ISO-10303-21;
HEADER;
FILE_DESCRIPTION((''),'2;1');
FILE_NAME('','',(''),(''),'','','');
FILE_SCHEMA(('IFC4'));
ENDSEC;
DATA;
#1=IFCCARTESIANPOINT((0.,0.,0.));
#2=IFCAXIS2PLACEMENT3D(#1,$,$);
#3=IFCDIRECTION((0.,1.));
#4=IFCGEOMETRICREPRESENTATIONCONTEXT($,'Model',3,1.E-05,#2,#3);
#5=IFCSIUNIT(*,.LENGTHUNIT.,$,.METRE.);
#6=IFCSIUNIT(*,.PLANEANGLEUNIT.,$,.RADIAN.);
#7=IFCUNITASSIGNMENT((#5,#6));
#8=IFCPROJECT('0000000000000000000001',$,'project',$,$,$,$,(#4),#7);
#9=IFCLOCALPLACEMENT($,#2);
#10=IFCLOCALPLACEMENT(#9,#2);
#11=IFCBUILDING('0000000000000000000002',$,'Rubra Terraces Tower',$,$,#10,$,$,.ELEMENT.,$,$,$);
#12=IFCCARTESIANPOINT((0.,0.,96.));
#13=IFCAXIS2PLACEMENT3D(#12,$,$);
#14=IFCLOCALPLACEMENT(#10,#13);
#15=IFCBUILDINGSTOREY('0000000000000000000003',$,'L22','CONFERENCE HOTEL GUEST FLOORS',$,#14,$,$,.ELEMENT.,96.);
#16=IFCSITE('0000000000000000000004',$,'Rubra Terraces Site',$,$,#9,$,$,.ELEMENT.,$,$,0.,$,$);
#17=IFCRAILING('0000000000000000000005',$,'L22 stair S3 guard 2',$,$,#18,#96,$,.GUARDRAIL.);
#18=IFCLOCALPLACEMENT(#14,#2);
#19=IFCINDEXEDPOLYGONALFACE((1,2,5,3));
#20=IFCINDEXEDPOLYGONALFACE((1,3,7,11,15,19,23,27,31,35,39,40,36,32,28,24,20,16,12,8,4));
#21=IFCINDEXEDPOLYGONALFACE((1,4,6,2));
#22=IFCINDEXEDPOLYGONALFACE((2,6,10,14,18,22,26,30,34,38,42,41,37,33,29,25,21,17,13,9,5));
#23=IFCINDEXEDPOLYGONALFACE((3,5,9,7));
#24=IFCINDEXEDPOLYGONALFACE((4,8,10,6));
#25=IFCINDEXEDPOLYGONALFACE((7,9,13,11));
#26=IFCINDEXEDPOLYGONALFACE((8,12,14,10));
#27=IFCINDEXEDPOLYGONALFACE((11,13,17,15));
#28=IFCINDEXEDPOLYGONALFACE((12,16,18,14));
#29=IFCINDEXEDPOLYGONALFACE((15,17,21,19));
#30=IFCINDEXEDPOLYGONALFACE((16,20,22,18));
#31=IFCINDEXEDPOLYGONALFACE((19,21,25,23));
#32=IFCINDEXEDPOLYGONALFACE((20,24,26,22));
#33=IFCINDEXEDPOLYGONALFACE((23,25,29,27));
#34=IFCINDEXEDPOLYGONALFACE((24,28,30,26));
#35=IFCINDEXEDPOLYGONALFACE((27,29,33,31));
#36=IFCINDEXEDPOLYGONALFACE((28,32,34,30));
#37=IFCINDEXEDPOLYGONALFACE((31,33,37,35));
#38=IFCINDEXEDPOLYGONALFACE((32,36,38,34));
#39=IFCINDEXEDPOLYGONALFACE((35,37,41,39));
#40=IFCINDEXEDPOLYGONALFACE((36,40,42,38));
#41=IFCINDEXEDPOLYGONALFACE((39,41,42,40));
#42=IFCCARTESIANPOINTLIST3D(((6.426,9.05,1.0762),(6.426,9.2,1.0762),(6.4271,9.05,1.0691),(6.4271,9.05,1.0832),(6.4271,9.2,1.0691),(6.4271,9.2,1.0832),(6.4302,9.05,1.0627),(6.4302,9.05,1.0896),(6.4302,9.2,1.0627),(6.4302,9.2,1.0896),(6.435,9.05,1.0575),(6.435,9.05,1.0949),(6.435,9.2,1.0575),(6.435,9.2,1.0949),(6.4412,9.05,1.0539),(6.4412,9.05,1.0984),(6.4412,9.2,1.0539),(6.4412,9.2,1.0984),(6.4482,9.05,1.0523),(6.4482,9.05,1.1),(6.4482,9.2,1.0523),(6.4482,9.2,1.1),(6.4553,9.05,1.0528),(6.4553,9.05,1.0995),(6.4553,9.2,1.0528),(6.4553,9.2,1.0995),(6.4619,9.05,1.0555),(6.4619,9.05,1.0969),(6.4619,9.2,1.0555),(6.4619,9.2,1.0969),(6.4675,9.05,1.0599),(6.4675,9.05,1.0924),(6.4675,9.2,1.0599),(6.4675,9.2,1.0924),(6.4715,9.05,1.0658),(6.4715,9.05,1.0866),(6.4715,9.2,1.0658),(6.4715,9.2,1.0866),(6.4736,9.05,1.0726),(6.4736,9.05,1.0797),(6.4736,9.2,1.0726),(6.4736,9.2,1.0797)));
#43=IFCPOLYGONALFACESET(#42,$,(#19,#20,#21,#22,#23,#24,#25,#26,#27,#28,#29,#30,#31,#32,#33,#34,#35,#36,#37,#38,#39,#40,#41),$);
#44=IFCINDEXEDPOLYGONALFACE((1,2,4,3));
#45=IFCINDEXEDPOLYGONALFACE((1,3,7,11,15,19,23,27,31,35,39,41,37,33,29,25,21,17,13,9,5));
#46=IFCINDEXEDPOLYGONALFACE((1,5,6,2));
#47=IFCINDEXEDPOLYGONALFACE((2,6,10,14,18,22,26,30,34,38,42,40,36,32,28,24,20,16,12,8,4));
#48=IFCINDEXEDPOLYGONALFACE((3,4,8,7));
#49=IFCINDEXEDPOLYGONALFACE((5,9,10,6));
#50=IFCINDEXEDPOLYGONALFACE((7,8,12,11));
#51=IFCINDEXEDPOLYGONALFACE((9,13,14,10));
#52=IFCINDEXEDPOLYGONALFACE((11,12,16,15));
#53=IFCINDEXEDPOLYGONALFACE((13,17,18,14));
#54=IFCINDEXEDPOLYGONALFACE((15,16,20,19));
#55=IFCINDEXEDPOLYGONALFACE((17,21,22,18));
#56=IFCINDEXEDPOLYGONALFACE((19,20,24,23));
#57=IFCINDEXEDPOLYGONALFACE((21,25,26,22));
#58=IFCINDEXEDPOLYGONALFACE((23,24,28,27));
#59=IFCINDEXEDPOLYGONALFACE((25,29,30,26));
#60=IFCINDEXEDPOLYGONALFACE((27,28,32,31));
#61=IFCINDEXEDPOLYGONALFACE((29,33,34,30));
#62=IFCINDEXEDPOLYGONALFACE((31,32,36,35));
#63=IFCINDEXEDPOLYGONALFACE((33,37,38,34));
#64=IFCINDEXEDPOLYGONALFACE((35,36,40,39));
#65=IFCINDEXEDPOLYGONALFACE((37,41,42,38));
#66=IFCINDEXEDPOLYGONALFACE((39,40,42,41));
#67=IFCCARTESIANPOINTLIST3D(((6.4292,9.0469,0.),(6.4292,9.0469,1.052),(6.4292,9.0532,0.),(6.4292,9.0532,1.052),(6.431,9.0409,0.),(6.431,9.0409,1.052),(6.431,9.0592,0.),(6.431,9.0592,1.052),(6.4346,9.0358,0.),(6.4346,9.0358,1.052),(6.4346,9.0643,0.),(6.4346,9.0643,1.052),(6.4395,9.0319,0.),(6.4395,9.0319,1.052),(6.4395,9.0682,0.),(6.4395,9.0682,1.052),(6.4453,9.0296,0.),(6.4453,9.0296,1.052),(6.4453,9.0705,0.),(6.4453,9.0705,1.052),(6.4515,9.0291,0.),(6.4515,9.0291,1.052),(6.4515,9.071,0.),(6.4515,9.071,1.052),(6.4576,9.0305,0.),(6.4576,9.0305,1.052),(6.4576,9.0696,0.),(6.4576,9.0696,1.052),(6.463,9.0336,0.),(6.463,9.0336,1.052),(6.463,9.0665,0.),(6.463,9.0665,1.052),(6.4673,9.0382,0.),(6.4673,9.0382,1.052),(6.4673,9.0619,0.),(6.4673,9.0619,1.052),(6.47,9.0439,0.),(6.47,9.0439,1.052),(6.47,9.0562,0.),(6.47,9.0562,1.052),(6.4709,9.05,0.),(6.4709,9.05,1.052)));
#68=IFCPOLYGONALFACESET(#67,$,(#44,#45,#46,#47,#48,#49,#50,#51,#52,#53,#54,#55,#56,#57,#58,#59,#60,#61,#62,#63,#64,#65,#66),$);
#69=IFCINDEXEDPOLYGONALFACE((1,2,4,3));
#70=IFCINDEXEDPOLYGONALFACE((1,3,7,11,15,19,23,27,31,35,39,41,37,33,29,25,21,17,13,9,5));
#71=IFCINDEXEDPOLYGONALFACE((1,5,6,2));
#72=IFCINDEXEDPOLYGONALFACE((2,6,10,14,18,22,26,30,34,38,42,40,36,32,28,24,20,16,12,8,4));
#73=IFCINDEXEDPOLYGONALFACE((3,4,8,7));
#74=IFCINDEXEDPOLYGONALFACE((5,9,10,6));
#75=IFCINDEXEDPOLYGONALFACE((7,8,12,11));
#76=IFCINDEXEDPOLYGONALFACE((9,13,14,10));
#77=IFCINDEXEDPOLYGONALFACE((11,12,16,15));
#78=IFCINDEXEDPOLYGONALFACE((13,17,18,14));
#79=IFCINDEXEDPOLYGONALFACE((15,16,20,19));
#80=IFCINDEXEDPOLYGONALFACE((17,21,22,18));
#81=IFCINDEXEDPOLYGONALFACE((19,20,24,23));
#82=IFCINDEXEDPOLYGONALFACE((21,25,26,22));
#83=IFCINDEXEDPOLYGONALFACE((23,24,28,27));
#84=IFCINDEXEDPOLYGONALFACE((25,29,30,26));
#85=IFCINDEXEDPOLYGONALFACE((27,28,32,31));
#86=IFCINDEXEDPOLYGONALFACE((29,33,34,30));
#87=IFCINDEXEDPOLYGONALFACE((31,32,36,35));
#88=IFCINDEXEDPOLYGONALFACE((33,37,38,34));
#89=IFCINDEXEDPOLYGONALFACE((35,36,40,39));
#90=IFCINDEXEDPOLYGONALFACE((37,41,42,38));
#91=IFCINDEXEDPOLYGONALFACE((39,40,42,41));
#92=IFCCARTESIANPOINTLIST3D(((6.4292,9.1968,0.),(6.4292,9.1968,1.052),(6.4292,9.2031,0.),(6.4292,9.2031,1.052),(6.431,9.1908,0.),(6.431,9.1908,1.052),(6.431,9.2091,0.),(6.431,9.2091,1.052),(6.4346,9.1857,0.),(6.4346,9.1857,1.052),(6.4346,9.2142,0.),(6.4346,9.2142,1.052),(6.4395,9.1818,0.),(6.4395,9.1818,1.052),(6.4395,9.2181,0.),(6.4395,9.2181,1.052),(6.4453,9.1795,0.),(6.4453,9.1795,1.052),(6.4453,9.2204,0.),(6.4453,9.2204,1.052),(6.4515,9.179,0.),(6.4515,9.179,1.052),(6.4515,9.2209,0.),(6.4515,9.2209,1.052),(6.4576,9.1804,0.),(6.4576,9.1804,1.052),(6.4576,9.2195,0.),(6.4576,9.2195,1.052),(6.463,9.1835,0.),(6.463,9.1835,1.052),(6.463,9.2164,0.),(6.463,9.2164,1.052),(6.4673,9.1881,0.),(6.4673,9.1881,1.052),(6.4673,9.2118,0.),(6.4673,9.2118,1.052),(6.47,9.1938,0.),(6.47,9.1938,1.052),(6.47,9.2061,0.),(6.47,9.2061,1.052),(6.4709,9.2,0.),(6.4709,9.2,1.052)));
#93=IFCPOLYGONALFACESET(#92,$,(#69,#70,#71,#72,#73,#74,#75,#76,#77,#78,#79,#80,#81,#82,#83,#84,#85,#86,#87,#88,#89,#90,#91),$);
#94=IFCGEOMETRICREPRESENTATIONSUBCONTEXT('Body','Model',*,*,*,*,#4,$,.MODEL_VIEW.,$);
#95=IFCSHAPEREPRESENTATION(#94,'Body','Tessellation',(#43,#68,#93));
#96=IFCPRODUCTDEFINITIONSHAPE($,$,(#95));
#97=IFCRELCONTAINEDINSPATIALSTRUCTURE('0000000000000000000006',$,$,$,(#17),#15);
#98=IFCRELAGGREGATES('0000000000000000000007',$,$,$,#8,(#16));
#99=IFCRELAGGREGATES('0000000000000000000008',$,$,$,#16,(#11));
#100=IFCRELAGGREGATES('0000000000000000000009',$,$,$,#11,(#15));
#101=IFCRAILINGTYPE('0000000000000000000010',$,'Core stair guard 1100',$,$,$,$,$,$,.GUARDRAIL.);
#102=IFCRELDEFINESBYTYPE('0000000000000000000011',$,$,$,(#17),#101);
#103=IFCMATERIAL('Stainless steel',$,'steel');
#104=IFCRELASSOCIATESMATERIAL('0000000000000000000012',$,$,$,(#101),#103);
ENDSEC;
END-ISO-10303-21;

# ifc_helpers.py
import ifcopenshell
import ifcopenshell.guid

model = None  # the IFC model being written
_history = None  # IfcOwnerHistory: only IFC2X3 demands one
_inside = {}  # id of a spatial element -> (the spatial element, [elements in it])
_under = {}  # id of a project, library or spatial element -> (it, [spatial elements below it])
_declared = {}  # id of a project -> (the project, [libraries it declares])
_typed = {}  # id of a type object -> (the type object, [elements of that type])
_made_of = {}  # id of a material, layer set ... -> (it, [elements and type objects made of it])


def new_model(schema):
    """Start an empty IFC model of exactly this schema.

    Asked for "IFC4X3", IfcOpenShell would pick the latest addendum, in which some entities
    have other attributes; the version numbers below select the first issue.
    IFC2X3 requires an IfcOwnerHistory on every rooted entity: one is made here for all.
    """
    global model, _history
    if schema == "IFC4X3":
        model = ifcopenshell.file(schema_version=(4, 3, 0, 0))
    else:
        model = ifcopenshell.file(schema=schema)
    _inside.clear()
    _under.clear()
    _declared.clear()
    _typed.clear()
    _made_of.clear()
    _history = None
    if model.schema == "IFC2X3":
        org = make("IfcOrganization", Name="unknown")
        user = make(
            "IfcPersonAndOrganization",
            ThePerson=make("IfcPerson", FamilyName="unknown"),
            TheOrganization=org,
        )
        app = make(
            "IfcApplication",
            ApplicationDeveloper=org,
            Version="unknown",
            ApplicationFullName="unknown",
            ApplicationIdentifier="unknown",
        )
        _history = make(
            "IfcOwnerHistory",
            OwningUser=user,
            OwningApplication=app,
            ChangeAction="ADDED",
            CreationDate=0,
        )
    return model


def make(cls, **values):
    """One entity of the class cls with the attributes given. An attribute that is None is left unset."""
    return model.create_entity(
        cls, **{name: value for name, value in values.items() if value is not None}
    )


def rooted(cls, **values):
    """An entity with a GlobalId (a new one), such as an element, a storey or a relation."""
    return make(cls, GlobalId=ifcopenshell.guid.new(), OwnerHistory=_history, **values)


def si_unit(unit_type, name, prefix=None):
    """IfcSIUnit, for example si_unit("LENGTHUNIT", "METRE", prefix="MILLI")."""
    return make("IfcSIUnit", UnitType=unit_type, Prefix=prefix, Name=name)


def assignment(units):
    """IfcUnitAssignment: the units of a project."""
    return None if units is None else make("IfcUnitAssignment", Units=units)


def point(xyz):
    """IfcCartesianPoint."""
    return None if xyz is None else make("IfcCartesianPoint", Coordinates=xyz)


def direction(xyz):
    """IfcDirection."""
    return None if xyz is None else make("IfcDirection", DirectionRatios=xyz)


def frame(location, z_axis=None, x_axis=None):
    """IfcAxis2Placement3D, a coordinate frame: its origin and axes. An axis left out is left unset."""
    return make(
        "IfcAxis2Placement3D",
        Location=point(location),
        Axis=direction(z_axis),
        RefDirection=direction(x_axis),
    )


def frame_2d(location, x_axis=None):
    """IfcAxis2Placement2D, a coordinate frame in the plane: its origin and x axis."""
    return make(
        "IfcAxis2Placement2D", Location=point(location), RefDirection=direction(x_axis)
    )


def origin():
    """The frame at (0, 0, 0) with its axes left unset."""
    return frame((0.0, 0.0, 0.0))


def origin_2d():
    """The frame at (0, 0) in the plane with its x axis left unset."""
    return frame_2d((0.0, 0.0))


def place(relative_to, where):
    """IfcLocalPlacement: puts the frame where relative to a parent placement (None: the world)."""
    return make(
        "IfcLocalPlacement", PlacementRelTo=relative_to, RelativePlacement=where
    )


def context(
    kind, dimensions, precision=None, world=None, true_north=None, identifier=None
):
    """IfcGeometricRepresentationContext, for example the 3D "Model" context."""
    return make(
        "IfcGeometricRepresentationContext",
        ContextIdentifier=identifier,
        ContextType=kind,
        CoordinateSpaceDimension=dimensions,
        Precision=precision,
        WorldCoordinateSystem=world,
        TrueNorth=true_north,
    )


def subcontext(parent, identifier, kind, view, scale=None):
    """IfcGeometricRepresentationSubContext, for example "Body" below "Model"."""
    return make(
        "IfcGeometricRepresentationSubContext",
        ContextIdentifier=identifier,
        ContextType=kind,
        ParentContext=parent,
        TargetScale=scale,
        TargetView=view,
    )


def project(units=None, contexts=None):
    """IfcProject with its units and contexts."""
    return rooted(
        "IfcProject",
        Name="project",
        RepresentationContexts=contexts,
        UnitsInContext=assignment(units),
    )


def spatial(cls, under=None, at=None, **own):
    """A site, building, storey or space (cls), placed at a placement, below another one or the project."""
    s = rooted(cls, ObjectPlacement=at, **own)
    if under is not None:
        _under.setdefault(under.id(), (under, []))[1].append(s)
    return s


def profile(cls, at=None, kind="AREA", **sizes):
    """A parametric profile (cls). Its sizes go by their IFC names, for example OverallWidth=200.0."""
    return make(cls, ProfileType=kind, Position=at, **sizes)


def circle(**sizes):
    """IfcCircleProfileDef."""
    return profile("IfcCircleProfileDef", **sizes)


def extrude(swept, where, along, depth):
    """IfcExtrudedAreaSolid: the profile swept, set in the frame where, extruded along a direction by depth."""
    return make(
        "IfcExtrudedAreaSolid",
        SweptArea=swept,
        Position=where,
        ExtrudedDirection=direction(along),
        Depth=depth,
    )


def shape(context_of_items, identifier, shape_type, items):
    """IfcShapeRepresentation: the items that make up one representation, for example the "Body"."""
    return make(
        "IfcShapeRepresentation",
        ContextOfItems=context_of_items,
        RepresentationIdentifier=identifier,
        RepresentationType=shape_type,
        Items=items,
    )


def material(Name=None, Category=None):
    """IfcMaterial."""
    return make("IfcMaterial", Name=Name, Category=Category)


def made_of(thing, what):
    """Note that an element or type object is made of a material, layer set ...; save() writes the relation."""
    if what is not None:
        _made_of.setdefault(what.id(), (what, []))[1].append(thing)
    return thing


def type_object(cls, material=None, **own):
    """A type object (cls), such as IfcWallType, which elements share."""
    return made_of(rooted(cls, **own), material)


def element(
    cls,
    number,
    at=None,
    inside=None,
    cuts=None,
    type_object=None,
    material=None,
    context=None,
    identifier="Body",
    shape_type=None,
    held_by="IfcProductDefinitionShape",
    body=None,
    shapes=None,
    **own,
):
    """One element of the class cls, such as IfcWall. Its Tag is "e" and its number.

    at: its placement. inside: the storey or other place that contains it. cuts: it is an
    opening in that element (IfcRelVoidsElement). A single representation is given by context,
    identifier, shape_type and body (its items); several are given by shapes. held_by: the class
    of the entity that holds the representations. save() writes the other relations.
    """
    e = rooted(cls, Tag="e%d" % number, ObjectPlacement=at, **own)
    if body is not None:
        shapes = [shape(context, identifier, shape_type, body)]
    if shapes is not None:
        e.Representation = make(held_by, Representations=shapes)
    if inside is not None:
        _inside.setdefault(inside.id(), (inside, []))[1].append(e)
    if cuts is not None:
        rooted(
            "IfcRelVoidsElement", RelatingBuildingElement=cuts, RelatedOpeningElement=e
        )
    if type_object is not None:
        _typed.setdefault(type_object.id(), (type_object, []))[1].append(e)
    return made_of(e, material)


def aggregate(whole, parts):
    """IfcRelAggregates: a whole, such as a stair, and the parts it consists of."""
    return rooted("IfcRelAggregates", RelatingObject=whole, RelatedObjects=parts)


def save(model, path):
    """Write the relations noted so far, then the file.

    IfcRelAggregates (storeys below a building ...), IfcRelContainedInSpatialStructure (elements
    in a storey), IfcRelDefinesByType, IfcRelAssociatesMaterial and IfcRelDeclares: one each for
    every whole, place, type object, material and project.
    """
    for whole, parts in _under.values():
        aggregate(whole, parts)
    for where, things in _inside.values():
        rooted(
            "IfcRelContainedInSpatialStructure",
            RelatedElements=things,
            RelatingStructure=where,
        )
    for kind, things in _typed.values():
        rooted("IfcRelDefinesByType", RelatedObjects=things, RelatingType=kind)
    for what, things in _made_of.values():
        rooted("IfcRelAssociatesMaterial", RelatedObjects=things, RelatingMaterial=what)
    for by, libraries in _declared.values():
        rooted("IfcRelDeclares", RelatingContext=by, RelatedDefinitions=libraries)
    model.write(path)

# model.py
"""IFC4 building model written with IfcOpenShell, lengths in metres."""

from ifc_helpers import new_model, si_unit, direction, frame, origin, origin_2d, place, context, subcontext, project, spatial, circle, extrude, material, type_object, element, save


model = new_model("IFC4")

# Units and contexts
model_context = context("Model", 3, precision=1e-05, world=origin(), true_north=direction((0.0, 1.0)))
body_context = subcontext(model_context, "Body", "Model", "MODEL_VIEW")
ifc_project = project(units=[si_unit("LENGTHUNIT", "METRE"), si_unit("PLANEANGLEUNIT", "RADIAN")], contexts=[model_context])

# Site, building, storey
site_placement = place(None, origin())
site = spatial("IfcSite", under=ifc_project, at=site_placement, Name="Rubra Terraces Site", CompositionType="ELEMENT", RefElevation=0.0)
building_placement = place(site_placement, origin())
building = spatial("IfcBuilding", under=site, at=building_placement, Name="Rubra Terraces Tower", CompositionType="ELEMENT")
storey_placement = place(building_placement, frame((0.0, 0.0, 96.0)))
storey = spatial("IfcBuildingStorey", under=building, at=storey_placement, Name="L22", Description="CONFERENCE HOTEL GUEST FLOORS", CompositionType="ELEMENT", Elevation=96.0)

# Railing
ifc_material_1 = material(Name="Stainless steel", Category="steel")
railing_type_1 = type_object("IfcRailingType", Name="Core stair guard 1100", PredefinedType="GUARDRAIL", material=ifc_material_1)
railing_1_placement = place(storey_placement, frame((6.45, 9.05, 0.0)))
element("IfcRailing", 1, at=railing_1_placement, inside=storey, type_object=railing_type_1, Name="L22 stair S3 guard 2", PredefinedType="GUARDRAIL", context=body_context, shape_type="SweptSolid", body=[
    extrude(circle(Radius=0.0239, at=origin_2d()), frame((0.0, 0.0, 1.0762), z_axis=(0.0, 1.0, 0.0), x_axis=(-1.0, 0.0, 0.0)), (0.0, 0.0, 1.0), 0.1499),
    extrude(circle(Radius=0.021, at=origin_2d()), origin(), (0.0, 0.0, 1.0), 1.052),
    extrude(circle(Radius=0.021, at=origin_2d()), frame((0.0, 0.1499, 0.0)), (0.0, 0.0, 1.0), 1.052),
])

save(model, "model.ifc")
